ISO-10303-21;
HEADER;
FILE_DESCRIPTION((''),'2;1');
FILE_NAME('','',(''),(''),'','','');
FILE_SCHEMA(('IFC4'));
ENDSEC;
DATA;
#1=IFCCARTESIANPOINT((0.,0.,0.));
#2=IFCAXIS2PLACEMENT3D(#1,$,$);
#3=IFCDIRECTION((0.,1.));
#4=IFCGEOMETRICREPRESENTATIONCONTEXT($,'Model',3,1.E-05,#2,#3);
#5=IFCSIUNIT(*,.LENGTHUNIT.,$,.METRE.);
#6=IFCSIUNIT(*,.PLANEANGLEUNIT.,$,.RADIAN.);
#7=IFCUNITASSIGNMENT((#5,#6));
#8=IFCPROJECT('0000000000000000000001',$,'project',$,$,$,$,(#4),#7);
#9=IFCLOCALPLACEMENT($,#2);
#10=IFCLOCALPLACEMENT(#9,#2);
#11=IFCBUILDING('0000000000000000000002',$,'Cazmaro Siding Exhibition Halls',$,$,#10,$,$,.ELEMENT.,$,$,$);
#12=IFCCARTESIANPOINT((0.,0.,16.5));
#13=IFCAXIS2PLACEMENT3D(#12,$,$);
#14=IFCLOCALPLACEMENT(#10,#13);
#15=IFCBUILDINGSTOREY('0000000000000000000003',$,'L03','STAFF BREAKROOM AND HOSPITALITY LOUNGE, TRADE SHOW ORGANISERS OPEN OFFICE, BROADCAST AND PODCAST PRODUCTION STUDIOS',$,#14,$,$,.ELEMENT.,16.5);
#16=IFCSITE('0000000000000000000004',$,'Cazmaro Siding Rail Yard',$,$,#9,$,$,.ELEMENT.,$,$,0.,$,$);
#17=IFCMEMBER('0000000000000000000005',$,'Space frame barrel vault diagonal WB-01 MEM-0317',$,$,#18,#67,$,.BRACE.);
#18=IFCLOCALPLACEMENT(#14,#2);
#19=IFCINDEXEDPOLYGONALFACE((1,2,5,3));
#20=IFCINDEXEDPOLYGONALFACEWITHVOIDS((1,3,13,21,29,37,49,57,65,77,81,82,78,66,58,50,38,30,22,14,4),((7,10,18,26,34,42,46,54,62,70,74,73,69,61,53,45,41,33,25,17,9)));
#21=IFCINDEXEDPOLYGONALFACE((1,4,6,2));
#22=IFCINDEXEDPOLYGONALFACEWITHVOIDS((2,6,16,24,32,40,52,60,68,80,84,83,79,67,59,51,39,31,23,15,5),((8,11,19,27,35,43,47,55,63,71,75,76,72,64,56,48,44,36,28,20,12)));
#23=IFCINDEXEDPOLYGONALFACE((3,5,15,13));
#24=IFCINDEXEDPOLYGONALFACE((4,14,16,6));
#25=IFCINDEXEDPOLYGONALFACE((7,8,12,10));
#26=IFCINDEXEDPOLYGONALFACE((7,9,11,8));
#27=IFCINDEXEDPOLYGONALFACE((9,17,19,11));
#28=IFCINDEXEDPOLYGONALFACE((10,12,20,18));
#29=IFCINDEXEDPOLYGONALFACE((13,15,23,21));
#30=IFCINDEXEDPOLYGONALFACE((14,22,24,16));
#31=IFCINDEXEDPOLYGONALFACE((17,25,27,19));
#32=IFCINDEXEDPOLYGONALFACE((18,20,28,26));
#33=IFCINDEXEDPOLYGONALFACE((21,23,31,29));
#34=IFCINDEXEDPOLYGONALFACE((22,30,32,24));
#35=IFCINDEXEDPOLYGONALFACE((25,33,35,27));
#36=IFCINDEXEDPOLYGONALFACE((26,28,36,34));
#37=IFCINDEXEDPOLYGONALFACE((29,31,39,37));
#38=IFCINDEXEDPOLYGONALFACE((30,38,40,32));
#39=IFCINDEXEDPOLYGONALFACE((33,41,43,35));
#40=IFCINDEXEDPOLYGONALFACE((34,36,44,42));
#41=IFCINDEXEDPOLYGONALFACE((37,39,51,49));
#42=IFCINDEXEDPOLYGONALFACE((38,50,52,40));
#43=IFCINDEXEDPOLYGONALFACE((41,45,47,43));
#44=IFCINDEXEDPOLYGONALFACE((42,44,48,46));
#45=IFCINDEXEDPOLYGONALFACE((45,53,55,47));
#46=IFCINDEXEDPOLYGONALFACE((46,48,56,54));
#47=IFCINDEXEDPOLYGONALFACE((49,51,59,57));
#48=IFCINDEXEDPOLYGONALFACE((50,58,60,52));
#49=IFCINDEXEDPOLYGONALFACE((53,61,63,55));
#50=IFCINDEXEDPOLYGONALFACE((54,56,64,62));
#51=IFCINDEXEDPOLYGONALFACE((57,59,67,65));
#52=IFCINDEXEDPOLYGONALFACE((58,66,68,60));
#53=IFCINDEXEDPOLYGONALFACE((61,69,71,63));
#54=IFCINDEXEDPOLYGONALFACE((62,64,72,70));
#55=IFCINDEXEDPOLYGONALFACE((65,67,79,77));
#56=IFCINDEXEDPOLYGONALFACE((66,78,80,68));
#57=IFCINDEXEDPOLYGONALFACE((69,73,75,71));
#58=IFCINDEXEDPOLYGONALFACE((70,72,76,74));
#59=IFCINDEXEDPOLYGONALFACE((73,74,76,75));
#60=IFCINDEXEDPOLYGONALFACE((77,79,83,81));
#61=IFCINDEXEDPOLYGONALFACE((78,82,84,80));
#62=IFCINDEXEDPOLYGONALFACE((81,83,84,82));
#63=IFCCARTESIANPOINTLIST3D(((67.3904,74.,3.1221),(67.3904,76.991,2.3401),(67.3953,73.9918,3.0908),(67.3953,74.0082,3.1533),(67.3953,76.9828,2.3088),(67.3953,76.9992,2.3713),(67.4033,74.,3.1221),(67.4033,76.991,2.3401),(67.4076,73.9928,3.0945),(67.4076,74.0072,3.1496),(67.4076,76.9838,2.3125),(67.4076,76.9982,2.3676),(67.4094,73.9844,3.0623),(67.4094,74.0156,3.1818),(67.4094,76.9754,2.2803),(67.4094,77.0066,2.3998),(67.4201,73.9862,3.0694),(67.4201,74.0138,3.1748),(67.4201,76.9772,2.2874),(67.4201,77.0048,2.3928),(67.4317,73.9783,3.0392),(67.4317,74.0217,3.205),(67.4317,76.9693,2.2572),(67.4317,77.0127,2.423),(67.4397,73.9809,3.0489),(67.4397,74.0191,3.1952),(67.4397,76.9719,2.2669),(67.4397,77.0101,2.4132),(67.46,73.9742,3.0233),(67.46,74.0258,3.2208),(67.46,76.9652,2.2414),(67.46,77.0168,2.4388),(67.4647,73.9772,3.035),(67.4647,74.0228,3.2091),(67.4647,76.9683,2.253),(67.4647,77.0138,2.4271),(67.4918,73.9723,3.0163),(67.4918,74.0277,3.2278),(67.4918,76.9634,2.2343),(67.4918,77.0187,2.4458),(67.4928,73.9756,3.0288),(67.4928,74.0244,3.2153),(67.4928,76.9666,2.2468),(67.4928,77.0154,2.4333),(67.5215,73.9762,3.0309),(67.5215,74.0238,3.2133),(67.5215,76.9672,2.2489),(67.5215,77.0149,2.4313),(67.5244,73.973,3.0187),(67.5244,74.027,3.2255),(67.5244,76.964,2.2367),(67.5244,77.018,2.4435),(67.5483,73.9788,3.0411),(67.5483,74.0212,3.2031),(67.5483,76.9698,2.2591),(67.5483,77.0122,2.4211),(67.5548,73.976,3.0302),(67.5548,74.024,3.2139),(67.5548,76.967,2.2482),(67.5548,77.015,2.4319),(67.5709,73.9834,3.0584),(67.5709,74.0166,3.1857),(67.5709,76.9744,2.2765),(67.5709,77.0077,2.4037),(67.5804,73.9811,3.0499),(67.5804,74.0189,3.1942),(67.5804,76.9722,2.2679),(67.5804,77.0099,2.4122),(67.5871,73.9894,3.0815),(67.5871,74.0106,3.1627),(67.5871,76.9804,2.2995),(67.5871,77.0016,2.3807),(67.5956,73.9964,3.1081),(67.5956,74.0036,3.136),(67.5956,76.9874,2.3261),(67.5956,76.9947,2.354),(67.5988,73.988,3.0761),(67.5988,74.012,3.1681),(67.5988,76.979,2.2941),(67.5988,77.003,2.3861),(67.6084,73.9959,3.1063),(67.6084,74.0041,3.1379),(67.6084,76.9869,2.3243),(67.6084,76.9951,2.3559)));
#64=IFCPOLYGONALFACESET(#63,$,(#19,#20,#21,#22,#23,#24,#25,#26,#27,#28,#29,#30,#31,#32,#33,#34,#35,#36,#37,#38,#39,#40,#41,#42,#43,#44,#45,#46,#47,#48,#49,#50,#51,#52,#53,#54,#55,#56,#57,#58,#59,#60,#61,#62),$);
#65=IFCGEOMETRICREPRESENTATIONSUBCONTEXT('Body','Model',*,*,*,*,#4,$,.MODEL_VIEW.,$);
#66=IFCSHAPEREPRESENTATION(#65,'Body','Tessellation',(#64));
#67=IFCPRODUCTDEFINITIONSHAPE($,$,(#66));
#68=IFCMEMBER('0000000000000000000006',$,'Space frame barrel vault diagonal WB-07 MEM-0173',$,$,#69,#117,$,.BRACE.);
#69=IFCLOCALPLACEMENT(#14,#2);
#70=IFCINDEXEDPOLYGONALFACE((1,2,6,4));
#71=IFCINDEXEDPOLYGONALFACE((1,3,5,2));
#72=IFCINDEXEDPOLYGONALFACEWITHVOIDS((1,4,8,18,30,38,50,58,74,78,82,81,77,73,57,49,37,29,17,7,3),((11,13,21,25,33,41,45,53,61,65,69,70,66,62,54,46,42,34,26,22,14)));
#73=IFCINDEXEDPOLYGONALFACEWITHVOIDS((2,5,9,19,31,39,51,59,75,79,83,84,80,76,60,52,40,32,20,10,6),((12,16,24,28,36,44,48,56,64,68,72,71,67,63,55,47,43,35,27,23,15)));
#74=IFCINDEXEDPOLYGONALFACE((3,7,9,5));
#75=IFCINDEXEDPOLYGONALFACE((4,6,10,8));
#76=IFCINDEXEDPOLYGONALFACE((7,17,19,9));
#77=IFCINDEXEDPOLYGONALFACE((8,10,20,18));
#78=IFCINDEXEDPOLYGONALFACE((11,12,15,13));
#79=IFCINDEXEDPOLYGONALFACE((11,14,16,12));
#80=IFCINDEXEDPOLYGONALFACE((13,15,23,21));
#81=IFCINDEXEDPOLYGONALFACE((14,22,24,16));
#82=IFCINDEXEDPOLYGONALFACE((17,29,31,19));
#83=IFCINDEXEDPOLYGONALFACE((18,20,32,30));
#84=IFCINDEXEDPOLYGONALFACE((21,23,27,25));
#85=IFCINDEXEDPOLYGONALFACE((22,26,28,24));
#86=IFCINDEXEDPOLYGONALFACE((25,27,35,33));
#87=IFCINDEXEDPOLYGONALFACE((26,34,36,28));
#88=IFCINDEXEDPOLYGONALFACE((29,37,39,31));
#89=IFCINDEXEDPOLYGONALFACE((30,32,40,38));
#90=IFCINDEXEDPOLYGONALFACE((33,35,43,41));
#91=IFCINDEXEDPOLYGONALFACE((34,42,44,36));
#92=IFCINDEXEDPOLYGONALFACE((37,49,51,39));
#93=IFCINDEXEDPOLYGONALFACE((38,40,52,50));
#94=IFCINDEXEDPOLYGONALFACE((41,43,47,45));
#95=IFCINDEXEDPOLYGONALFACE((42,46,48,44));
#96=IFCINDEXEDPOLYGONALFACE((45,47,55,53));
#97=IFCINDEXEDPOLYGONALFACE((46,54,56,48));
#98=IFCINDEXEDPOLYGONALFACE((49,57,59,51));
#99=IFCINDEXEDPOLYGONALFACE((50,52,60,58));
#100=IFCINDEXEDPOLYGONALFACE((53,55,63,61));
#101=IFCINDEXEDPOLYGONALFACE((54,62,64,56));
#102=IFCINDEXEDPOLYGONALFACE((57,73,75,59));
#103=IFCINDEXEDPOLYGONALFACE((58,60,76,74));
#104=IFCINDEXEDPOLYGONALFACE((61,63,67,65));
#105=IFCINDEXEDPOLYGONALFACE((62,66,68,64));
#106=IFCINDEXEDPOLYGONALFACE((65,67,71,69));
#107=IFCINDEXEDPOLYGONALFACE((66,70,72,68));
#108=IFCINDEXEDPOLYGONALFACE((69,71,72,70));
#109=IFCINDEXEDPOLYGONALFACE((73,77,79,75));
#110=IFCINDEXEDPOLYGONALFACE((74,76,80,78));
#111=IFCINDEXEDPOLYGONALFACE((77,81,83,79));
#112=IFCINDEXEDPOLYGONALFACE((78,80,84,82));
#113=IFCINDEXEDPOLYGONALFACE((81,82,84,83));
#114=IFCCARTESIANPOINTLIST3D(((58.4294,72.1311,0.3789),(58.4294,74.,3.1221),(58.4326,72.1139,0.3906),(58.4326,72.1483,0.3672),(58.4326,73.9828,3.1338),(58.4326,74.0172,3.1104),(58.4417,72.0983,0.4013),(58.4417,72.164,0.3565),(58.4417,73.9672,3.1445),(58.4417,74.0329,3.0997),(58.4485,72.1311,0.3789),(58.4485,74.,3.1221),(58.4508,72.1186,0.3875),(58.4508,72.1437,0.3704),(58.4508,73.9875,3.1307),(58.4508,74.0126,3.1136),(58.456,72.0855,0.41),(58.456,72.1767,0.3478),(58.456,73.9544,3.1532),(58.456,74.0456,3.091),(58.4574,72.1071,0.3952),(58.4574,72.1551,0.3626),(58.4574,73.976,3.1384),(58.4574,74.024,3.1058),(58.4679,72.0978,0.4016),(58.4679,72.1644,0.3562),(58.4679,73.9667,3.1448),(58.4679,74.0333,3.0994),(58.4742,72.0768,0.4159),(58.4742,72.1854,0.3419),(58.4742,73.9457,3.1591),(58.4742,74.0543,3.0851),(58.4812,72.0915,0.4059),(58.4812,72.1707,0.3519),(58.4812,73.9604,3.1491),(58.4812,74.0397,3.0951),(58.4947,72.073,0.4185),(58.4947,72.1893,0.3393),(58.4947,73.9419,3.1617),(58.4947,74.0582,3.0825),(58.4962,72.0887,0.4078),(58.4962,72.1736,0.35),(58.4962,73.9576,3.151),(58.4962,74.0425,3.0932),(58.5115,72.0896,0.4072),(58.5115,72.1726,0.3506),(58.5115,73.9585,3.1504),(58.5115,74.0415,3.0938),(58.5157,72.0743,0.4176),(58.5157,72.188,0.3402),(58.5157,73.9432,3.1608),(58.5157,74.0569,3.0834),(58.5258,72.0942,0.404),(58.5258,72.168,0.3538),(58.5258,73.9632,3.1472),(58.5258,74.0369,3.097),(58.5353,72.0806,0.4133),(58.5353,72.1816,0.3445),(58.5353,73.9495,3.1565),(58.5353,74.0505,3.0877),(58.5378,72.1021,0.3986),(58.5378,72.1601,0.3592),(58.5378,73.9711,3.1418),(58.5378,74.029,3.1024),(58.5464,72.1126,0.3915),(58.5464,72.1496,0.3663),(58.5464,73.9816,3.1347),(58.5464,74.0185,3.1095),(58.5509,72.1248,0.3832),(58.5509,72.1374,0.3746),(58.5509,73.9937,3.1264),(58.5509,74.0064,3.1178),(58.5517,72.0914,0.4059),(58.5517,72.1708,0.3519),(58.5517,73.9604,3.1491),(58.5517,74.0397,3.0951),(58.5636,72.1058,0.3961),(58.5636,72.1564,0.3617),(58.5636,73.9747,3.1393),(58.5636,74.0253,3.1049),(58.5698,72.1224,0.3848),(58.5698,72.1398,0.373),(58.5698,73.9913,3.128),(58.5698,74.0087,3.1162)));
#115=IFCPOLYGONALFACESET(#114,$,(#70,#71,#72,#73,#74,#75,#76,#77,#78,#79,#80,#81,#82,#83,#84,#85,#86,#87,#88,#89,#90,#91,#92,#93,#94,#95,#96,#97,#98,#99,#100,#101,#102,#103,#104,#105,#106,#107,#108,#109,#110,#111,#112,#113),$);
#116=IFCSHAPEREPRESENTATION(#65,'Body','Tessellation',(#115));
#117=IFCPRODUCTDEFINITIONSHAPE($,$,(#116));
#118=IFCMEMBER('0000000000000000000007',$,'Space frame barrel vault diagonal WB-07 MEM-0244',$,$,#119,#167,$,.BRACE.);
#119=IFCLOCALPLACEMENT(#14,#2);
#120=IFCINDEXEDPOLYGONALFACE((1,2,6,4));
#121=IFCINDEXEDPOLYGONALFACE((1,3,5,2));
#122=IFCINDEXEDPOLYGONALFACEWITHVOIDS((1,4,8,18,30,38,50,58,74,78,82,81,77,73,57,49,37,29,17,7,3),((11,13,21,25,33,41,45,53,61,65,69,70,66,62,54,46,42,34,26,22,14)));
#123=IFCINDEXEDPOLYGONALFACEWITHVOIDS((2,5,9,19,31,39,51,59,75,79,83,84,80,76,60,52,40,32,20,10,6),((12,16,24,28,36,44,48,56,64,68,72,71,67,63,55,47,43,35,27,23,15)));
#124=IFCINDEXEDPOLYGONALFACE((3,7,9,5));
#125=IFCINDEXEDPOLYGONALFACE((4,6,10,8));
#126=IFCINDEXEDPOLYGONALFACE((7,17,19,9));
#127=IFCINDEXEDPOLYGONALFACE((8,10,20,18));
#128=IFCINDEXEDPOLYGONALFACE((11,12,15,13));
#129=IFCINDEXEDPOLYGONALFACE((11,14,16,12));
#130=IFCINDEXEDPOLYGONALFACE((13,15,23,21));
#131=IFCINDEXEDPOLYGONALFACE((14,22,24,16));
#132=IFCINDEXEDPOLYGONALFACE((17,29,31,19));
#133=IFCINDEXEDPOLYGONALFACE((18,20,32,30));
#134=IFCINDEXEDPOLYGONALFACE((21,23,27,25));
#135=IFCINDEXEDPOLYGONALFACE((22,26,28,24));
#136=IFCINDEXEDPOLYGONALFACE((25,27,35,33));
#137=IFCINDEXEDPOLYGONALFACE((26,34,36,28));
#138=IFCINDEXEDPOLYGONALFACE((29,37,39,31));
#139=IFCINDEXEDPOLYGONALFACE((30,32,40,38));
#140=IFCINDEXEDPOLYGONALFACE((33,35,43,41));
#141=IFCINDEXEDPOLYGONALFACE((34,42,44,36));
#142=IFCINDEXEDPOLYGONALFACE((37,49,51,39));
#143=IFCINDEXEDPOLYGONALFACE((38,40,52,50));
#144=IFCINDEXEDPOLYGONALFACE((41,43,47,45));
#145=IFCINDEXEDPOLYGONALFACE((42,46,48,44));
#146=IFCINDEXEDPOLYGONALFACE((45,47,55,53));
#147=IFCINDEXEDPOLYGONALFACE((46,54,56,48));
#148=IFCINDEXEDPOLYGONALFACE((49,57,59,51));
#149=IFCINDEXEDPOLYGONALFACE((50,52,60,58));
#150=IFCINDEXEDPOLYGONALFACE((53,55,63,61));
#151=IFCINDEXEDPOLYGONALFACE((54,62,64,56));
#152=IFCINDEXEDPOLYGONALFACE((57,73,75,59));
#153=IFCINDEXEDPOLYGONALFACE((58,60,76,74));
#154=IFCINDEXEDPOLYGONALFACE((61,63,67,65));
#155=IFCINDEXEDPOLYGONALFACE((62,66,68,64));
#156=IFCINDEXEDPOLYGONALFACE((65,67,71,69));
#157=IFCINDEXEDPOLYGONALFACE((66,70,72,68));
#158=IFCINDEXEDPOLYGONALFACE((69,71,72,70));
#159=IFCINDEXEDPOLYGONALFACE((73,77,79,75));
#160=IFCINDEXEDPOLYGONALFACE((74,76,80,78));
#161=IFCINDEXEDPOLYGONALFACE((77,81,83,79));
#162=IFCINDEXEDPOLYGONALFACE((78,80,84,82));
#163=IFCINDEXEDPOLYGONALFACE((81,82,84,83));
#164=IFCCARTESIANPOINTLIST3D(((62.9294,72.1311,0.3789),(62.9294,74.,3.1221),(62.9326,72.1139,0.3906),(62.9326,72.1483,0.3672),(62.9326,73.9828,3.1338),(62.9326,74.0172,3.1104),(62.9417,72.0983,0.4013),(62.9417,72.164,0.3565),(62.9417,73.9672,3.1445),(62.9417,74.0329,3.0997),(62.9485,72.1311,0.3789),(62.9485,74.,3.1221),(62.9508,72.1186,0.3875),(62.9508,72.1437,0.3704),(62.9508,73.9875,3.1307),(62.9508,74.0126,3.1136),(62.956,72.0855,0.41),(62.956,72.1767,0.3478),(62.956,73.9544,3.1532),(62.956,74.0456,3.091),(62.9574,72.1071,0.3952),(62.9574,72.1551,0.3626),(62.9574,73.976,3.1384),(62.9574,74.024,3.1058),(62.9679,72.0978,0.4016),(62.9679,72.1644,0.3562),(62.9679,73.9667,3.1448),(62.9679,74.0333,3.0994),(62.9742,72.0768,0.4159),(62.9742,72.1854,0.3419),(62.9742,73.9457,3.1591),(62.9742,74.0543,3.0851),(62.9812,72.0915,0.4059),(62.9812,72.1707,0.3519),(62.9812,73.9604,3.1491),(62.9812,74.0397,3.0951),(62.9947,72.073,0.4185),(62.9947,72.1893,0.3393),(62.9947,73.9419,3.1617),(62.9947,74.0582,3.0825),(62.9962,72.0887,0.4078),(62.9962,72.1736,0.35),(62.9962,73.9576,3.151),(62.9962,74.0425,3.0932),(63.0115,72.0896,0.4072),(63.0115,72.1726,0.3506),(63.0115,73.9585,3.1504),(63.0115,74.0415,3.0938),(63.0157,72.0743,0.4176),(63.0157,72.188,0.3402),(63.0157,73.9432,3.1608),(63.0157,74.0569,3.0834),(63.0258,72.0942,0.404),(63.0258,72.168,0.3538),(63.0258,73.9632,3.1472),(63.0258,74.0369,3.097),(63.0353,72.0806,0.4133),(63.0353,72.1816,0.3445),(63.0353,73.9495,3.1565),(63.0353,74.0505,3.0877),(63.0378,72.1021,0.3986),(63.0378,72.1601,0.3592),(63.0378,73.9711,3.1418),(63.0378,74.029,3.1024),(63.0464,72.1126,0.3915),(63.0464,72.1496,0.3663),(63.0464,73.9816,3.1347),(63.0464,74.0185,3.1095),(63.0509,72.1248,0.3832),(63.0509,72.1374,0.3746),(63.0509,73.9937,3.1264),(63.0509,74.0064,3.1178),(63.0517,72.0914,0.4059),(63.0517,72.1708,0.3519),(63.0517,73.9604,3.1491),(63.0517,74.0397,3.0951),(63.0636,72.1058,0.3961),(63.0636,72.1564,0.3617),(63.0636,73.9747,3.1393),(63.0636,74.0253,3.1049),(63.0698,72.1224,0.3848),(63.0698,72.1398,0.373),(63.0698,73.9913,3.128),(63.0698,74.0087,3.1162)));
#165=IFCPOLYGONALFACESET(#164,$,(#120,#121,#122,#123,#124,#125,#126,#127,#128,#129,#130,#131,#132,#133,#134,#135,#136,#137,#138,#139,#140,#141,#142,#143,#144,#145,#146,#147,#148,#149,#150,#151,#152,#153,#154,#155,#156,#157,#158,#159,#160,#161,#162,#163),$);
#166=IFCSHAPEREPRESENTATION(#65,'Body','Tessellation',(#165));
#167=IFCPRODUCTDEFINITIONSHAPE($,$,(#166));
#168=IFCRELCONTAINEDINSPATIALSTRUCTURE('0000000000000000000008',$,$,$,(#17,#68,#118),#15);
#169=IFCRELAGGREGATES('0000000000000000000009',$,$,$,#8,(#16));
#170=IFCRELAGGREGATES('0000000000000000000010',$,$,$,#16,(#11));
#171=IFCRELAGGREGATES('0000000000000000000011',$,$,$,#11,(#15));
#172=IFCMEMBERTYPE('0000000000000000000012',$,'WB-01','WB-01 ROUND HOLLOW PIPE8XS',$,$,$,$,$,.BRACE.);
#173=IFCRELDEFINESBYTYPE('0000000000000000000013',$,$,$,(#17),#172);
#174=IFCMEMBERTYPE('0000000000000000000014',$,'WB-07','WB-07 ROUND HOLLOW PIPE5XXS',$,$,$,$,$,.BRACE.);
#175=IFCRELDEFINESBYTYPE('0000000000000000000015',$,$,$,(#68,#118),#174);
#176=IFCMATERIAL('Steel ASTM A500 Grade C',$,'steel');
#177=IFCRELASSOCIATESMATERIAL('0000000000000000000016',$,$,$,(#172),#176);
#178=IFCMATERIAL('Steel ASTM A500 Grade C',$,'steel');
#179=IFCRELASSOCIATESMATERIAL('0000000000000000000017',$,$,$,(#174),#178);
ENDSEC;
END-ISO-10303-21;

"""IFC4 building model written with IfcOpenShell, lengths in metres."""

from ifc_helpers import new_model, si_unit, direction, frame, origin, origin_2d, place, context, subcontext, project, spatial, hollow_circle, extrude, material, material_profile, profile_set, type_object, element, save


model = new_model("IFC4")

# Units and contexts
model_context = context("Model", 3, precision=1e-05, world=origin(), true_north=direction((0.0, 1.0)))
body_context = subcontext(model_context, "Body", "Model", "MODEL_VIEW")
ifc_project = project(units=[si_unit("LENGTHUNIT", "METRE"), si_unit("PLANEANGLEUNIT", "RADIAN")], contexts=[model_context])

# Site, building, storey
site_placement = place(None, origin())
site = spatial("IfcSite", under=ifc_project, at=site_placement, Name="Cazmaro Siding Rail Yard", CompositionType="ELEMENT", RefElevation=0.0)
building_placement = place(site_placement, origin())
building = spatial("IfcBuilding", under=site, at=building_placement, Name="Cazmaro Siding Exhibition Halls", CompositionType="ELEMENT")
storey_placement = place(building_placement, frame((0.0, 0.0, 16.5)))
storey = spatial("IfcBuildingStorey", under=building, at=storey_placement, Name="L03", Description="STAFF BREAKROOM AND HOSPITALITY LOUNGE, TRADE SHOW ORGANISERS OPEN OFFICE, BROADCAST AND PODCAST PRODUCTION STUDIOS", CompositionType="ELEMENT", Elevation=16.5)

# Members
ifc_material_1 = material(Name="Steel ASTM A500 Grade C", Category="steel")
ifc_material_profile_1 = material_profile(ifc_material_1, hollow_circle(Radius=0.1096, WallThickness=0.0129, at=origin_2d()), Name="PIPE8XS")
ifc_profile_set_1 = profile_set([ifc_material_profile_1], Name="Steel ASTM A500 Grade C")
member_type_1 = type_object("IfcMemberType", Name="WB-01", Description="WB-01 ROUND HOLLOW PIPE8XS", PredefinedType="BRACE", material=ifc_profile_set_1)
for number, where, z_axis, x_axis, name in (
    (1, (67.5, 74.0, 3.1221), (0.0, 0.96748, -0.252946), (-1.0, 0.0, 0.0), "Space frame barrel vault diagonal WB-01 MEM-0317"),
):
    element("IfcMember", number, at=place(storey_placement, frame(where, z_axis=z_axis, x_axis=x_axis)), inside=storey, type_object=member_type_1, Name=name, PredefinedType="BRACE", context=body_context, shape_type="SweptSolid", body=[
        extrude(hollow_circle(Radius=0.1096, WallThickness=0.0129, at=origin_2d()), origin(), (0.0, 0.0, 1.0), 3.0916),
    ])
ifc_material_2 = material(Name="Steel ASTM A500 Grade C", Category="steel")
ifc_material_profile_2 = material_profile(ifc_material_2, hollow_circle(Radius=0.0706, WallThickness=0.019, at=origin_2d()), Name="PIPE5XXS")
ifc_profile_set_2 = profile_set([ifc_material_profile_2], Name="Steel ASTM A500 Grade C")
member_type_2 = type_object("IfcMemberType", Name="WB-07", Description="WB-07 ROUND HOLLOW PIPE5XXS", PredefinedType="BRACE", material=ifc_profile_set_2)
for number, where, z_axis, x_axis, name in (
    (2, (58.5, 72.1311, 0.3789), (0.0, 0.56304, 0.82643), (-1.0, 0.0, 0.0), "Space frame barrel vault diagonal WB-07 MEM-0173"),
    (3, (63.0, 72.1311, 0.3789), (0.0, 0.56304, 0.82643), (-1.0, 0.0, 0.0), "Space frame barrel vault diagonal WB-07 MEM-0244"),
):
    element("IfcMember", number, at=place(storey_placement, frame(where, z_axis=z_axis, x_axis=x_axis)), inside=storey, type_object=member_type_2, Name=name, PredefinedType="BRACE", context=body_context, shape_type="SweptSolid", body=[
        extrude(hollow_circle(Radius=0.0706, WallThickness=0.019, at=origin_2d()), origin(), (0.0, 0.0, 1.0), 3.3193),
    ])

save(model, "model.ifc")
